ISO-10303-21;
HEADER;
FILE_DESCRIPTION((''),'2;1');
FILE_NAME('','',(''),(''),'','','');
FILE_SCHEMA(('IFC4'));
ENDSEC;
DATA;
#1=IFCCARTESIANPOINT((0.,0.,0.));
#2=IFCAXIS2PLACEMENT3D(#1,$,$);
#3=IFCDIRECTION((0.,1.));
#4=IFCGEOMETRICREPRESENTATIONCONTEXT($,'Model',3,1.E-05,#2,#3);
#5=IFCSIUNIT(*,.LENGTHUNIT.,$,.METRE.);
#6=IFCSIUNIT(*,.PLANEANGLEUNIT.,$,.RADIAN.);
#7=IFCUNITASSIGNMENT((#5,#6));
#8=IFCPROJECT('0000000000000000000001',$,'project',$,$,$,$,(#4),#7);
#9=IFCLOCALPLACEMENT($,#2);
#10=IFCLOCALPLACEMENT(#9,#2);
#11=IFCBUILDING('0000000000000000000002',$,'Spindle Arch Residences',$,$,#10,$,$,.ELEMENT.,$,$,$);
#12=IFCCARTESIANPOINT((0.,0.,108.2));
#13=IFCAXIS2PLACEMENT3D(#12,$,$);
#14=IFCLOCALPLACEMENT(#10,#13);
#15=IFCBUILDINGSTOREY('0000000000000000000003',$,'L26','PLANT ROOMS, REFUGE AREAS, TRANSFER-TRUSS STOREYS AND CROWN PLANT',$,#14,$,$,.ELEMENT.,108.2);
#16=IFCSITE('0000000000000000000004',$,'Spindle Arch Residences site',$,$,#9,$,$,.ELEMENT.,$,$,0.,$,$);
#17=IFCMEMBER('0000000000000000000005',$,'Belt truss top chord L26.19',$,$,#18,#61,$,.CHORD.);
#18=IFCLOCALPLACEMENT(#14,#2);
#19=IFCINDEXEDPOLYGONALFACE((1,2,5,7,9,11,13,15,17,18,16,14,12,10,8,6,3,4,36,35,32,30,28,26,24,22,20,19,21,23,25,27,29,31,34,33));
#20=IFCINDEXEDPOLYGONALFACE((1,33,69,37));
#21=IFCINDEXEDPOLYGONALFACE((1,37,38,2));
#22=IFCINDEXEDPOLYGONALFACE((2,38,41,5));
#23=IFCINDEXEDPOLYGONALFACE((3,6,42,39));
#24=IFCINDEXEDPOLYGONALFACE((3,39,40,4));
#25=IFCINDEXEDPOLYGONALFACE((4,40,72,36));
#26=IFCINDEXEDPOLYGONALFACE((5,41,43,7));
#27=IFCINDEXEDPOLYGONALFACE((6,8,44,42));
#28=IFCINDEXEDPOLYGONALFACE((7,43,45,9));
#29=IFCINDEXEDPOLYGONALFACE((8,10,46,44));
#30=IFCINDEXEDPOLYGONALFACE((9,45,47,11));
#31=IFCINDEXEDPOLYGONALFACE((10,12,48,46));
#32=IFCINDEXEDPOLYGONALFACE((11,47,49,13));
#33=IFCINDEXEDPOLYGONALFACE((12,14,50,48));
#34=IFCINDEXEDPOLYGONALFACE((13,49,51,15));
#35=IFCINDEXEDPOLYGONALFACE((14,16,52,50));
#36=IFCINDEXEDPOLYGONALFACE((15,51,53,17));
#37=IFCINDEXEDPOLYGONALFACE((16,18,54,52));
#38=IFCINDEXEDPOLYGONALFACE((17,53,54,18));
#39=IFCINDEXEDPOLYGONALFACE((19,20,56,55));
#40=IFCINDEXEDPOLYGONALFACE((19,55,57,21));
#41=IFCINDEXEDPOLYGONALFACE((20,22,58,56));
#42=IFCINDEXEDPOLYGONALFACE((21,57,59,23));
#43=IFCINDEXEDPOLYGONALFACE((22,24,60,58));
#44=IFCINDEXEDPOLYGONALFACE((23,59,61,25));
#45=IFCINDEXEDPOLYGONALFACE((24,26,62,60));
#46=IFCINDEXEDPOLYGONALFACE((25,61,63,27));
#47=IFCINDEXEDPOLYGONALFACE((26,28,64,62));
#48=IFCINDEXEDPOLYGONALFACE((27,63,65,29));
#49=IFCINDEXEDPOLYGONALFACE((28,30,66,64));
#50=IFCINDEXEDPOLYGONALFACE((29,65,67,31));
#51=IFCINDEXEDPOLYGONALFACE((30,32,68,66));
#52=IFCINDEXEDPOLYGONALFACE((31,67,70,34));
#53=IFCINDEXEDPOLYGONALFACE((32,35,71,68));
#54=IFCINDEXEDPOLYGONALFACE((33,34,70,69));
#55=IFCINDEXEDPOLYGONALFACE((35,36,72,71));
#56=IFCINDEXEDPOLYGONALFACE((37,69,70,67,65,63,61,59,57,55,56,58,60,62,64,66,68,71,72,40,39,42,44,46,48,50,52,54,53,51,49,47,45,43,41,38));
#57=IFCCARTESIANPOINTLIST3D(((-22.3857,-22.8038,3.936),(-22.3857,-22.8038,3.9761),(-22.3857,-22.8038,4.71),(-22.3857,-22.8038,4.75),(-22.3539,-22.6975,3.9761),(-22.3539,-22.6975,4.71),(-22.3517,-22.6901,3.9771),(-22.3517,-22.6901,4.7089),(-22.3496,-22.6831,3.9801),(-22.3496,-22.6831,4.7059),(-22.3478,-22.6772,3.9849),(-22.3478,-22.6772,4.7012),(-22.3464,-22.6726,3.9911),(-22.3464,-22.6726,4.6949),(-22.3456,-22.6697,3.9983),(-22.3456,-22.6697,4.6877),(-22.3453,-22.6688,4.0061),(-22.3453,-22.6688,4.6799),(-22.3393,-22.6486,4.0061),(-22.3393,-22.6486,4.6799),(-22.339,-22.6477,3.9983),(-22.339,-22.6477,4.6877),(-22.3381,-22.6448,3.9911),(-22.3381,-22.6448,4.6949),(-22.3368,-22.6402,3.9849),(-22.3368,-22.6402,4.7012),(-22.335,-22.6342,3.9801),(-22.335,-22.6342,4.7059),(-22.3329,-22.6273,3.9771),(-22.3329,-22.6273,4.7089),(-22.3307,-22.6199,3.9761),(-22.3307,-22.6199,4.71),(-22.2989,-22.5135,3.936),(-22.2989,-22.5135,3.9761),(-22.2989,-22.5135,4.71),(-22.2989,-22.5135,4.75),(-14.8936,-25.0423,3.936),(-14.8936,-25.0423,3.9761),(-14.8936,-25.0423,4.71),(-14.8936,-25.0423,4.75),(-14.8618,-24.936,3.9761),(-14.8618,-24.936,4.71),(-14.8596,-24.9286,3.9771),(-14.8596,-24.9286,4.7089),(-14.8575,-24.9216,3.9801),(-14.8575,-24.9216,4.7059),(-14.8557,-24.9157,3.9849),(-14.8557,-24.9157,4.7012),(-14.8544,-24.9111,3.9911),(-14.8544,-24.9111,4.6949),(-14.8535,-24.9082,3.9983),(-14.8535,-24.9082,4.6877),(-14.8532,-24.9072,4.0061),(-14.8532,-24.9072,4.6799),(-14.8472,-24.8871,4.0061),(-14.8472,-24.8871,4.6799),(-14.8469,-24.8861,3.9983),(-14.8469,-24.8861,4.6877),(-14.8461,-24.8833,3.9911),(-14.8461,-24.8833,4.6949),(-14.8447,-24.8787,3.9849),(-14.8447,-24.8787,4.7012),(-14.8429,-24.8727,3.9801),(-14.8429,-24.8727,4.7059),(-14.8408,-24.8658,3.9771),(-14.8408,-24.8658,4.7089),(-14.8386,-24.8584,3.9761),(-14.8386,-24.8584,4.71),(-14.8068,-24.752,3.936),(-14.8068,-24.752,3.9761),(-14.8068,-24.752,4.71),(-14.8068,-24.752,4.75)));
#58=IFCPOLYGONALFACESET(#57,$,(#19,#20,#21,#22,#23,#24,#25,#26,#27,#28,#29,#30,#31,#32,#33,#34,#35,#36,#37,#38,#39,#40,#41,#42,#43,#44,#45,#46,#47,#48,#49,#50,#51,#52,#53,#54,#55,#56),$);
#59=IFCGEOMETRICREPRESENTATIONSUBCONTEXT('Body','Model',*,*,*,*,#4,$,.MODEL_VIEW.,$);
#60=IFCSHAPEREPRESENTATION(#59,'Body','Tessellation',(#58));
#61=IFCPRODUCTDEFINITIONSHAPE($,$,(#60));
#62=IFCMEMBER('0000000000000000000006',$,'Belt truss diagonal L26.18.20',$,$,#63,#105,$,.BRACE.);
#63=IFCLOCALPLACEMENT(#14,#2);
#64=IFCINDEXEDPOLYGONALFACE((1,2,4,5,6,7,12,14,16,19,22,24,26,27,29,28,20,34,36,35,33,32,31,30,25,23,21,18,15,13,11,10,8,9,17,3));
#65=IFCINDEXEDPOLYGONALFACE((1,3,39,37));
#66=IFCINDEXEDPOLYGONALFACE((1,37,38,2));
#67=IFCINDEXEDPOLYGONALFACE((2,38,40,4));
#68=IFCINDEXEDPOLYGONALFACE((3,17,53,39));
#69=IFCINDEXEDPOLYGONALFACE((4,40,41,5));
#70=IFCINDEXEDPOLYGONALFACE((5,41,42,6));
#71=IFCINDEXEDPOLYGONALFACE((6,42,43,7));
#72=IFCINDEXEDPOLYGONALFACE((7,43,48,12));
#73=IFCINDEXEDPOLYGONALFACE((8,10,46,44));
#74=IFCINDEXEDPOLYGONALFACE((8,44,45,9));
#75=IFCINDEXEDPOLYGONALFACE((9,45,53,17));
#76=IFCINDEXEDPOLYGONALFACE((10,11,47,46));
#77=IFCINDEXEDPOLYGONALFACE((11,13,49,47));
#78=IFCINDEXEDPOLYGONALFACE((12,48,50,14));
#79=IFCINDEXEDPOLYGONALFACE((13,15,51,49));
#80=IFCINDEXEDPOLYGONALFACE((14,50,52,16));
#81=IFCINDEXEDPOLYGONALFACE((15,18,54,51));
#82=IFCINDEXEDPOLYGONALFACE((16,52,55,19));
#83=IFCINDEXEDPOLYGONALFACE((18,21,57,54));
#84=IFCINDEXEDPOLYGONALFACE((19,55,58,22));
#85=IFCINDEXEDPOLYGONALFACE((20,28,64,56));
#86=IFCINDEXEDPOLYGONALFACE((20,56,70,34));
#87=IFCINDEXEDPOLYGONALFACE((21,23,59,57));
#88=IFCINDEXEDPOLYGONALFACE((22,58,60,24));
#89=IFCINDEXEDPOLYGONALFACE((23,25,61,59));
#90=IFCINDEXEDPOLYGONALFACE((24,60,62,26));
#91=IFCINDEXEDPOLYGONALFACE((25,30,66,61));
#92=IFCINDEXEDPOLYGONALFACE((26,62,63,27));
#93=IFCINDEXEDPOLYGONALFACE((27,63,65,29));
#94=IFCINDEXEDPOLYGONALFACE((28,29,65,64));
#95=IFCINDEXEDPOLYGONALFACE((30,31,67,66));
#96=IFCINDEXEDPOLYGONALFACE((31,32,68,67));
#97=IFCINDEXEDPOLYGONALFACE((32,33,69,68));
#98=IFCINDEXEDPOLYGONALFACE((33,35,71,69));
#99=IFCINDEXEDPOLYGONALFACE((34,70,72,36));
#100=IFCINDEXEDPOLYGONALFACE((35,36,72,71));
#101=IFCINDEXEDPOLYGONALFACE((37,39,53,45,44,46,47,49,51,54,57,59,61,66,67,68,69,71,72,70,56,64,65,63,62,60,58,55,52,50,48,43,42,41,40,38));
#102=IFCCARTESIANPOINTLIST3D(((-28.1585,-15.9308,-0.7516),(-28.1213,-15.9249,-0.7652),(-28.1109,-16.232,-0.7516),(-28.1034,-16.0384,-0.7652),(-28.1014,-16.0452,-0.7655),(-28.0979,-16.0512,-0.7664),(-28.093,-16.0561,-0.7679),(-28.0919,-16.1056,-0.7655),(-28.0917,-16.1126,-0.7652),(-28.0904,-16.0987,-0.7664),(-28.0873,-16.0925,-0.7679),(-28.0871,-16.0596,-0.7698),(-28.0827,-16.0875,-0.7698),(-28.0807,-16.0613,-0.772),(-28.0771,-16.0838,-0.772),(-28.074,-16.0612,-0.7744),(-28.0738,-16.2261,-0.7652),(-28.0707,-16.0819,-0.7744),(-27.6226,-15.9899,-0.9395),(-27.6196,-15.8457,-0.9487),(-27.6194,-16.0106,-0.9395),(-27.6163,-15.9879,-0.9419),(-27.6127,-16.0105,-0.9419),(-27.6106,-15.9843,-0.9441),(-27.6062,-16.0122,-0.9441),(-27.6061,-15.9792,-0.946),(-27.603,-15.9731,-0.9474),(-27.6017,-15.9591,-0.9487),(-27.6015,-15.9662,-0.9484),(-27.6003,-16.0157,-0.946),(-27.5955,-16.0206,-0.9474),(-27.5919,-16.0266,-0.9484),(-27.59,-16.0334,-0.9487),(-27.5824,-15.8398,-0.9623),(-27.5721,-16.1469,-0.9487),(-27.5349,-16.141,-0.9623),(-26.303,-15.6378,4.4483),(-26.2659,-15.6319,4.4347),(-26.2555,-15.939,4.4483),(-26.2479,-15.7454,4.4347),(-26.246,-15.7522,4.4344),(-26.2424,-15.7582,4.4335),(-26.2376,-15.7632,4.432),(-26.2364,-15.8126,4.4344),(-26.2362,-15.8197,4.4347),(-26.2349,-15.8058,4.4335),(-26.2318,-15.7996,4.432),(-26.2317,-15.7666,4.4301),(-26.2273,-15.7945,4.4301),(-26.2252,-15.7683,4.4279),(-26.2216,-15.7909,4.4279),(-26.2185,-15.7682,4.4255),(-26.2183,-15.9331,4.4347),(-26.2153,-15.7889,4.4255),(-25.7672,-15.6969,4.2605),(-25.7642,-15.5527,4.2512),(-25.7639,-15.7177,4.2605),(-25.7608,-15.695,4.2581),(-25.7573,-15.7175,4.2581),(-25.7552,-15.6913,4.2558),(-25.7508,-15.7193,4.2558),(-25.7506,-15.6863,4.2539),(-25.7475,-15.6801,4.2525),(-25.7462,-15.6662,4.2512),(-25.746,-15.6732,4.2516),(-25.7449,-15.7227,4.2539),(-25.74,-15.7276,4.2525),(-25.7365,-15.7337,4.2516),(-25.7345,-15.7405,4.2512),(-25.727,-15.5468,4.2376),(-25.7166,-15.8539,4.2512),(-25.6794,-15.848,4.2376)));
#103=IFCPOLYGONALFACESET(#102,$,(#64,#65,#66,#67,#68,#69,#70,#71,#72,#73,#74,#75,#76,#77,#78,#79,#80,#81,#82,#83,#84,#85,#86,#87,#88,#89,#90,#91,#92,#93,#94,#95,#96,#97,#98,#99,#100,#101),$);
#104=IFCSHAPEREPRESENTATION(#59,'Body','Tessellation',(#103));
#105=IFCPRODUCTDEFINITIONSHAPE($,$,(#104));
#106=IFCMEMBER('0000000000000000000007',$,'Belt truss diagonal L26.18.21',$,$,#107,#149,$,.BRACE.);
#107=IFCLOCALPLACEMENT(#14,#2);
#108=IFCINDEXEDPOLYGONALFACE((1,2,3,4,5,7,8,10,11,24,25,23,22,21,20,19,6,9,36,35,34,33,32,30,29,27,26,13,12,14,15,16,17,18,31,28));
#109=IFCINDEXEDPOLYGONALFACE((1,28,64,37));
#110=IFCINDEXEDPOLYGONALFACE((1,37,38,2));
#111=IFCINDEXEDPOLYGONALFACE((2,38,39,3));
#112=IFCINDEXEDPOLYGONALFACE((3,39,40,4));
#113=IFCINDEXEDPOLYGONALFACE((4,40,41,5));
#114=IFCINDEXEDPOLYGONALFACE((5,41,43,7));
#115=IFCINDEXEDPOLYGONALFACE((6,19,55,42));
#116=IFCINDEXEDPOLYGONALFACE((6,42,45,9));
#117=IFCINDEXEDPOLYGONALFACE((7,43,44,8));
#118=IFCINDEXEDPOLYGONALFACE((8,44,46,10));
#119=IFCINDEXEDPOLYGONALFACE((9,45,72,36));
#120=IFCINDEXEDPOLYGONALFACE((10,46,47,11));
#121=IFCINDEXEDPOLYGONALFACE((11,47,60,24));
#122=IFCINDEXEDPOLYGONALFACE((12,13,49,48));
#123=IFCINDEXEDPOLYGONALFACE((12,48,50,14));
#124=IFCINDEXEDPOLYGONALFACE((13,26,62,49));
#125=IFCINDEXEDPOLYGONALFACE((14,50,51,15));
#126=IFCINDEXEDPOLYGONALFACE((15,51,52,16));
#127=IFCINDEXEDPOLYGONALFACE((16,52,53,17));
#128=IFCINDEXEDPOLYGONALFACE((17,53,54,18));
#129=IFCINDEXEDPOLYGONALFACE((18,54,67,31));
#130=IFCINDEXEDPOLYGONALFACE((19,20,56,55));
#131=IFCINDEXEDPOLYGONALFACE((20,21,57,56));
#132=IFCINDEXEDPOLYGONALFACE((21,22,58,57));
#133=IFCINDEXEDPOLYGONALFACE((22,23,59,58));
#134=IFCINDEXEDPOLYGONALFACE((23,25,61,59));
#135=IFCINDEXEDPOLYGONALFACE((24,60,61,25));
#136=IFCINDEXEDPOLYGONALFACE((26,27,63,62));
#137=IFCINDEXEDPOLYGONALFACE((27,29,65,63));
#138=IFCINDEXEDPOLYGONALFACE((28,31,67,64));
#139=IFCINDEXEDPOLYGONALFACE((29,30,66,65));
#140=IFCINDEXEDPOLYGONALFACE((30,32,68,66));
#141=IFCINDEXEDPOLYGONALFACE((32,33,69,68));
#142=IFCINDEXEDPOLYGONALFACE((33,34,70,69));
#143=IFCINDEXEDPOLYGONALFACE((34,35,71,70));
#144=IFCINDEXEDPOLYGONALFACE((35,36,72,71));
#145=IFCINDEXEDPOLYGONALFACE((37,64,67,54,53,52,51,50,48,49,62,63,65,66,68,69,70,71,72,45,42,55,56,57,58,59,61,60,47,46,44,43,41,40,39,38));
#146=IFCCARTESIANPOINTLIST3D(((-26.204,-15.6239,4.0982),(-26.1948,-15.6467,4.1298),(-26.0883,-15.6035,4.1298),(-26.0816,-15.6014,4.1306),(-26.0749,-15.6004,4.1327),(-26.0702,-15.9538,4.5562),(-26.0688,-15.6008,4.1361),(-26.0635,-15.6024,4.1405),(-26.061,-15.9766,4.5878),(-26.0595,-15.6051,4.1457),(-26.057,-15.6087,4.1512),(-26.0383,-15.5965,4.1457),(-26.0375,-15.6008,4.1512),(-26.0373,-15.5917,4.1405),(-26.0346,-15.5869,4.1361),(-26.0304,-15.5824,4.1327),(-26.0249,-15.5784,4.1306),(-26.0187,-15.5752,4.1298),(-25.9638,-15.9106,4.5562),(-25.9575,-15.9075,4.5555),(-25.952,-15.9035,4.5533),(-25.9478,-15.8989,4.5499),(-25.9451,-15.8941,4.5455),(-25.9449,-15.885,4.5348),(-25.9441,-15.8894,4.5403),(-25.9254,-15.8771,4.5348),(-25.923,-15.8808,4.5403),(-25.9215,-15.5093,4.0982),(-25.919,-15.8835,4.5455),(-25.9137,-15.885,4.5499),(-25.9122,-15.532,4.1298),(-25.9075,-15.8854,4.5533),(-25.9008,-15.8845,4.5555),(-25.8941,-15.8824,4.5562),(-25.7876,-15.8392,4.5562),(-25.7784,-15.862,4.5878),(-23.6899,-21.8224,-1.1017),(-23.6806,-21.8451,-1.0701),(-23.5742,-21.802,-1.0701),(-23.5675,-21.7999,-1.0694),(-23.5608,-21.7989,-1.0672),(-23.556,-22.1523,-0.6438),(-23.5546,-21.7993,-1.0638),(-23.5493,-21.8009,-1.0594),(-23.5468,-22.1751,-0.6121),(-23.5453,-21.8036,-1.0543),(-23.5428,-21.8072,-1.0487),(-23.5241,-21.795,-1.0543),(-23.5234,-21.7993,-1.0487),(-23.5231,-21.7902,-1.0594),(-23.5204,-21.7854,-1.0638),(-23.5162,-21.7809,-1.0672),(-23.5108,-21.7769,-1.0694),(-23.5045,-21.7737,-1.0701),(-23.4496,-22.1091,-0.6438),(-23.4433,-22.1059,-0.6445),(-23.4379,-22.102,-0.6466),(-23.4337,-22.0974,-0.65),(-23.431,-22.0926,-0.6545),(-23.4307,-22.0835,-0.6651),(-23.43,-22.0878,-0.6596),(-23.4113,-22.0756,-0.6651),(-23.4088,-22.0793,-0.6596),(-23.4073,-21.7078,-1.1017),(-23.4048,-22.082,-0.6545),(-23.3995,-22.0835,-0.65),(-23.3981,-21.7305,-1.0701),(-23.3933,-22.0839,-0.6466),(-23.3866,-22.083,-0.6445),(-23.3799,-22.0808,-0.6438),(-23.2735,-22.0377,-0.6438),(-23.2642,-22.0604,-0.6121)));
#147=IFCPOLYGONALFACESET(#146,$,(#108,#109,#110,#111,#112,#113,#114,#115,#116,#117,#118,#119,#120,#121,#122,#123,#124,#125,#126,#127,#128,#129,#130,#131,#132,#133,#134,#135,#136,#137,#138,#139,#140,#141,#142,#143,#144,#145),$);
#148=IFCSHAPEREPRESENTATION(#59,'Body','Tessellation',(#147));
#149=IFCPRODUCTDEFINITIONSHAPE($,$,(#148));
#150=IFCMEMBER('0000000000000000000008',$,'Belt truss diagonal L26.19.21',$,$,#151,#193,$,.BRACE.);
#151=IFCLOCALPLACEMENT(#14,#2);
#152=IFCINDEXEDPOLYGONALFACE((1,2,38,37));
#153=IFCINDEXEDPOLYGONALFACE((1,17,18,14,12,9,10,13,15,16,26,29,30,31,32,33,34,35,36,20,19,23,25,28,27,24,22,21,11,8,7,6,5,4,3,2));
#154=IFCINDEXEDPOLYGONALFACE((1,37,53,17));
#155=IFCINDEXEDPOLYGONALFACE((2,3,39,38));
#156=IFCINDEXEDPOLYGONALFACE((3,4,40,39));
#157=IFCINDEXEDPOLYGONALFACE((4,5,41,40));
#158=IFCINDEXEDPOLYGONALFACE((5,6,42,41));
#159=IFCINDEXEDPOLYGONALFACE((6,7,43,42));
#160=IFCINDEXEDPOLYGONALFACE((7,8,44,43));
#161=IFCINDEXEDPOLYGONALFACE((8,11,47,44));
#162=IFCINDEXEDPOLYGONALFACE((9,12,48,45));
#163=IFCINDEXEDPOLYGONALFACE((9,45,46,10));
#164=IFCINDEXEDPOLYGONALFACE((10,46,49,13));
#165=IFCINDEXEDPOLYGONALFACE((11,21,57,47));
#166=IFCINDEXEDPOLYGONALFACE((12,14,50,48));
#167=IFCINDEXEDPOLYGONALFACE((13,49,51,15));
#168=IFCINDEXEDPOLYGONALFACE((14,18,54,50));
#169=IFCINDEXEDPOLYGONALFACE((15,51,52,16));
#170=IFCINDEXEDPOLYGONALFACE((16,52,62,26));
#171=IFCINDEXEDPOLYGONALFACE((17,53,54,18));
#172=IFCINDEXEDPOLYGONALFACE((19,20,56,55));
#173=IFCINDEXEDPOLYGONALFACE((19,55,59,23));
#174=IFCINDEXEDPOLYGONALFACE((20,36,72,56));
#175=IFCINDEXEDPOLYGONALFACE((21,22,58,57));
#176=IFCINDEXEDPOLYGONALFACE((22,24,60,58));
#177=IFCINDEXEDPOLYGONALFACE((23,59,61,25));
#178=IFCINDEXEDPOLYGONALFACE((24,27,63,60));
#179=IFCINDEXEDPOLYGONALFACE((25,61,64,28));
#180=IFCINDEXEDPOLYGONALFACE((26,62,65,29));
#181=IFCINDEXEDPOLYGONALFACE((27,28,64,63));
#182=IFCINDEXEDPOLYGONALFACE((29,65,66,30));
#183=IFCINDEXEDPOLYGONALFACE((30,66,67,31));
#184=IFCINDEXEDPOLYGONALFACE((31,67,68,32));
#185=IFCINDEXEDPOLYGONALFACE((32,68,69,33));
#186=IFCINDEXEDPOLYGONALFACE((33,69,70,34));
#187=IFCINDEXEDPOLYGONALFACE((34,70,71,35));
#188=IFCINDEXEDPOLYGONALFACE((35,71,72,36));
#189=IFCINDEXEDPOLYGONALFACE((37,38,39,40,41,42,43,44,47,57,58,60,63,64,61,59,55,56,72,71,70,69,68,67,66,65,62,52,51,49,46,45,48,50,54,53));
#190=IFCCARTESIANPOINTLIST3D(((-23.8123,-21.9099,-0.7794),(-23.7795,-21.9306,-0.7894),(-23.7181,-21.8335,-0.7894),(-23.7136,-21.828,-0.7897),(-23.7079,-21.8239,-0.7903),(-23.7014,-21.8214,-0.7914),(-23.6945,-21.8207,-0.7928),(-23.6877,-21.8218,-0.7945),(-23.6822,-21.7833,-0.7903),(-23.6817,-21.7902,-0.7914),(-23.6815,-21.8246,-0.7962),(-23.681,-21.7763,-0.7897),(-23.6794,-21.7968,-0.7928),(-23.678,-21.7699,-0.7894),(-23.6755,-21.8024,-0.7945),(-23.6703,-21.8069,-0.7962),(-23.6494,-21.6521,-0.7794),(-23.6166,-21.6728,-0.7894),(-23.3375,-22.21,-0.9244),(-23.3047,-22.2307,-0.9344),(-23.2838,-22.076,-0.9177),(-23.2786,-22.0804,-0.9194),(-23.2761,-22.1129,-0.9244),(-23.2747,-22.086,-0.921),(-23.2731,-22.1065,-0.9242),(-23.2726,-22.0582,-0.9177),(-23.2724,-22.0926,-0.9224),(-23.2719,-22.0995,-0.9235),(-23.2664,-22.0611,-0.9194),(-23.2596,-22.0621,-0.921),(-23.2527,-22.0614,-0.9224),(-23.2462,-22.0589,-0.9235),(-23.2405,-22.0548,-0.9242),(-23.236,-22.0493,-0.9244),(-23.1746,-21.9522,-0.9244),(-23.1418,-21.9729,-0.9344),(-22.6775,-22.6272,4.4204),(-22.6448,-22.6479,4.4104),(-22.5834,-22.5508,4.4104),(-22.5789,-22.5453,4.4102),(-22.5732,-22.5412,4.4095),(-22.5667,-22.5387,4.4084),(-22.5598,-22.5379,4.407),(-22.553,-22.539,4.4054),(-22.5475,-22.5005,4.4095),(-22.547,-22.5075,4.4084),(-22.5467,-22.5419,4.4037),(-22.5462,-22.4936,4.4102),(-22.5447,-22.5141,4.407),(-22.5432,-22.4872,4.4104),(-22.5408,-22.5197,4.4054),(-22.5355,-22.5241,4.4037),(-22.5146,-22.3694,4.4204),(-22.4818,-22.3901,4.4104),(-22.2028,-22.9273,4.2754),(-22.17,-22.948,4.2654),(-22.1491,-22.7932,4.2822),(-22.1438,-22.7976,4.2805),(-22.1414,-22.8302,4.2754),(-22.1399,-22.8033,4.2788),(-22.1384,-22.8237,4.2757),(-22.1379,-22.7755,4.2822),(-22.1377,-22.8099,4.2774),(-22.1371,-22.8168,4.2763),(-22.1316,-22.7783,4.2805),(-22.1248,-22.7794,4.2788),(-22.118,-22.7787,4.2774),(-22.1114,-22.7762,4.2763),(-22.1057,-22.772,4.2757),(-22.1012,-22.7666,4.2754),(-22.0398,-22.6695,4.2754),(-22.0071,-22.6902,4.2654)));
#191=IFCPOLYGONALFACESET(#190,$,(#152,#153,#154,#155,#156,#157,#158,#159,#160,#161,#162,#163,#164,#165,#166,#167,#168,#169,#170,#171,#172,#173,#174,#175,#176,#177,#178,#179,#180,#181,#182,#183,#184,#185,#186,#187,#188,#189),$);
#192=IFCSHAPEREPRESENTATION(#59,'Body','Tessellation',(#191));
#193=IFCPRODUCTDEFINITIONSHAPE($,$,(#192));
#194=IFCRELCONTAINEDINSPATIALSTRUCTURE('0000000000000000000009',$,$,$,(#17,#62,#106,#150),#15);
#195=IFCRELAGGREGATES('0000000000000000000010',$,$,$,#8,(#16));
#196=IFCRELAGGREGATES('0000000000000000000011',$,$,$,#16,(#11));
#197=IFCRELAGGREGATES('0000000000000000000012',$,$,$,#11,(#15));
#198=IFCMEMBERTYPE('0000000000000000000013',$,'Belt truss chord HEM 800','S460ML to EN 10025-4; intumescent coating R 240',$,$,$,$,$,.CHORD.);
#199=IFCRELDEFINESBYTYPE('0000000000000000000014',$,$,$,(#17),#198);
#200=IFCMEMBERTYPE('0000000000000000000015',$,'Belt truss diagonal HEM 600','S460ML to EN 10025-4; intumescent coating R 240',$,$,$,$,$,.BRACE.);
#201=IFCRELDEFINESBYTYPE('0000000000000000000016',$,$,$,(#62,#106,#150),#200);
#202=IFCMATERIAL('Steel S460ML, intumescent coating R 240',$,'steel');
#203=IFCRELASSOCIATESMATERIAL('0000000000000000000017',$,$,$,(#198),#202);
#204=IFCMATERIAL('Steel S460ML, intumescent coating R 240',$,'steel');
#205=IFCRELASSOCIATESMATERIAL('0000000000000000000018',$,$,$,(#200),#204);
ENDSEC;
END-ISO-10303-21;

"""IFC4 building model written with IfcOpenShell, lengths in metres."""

from ifc_helpers import new_model, si_unit, direction, frame, origin, origin_2d, place, context, subcontext, project, spatial, i_section, extrude, material, material_profile, profile_set, type_object, element, save


model = new_model("IFC4")

# Units and contexts
model_context = context("Model", 3, precision=1e-05, world=origin(), true_north=direction((0.0, 1.0)))
body_context = subcontext(model_context, "Body", "Model", "MODEL_VIEW")
ifc_project = project(units=[si_unit("LENGTHUNIT", "METRE"), si_unit("PLANEANGLEUNIT", "RADIAN")], contexts=[model_context])

# Site, building, storey
site_placement = place(None, origin())
site = spatial("IfcSite", under=ifc_project, at=site_placement, Name="Spindle Arch Residences site", CompositionType="ELEMENT", RefElevation=0.0)
building_placement = place(site_placement, origin())
building = spatial("IfcBuilding", under=site, at=building_placement, Name="Spindle Arch Residences", CompositionType="ELEMENT")
storey_placement = place(building_placement, frame((0.0, 0.0, 108.2)))
storey = spatial("IfcBuildingStorey", under=building, at=storey_placement, Name="L26", Description="PLANT ROOMS, REFUGE AREAS, TRANSFER-TRUSS STOREYS AND CROWN PLANT", CompositionType="ELEMENT", Elevation=108.2)

# Members
ifc_material_1 = material(Name="Steel S460ML, intumescent coating R 240", Category="steel")
ifc_material_profile_1 = material_profile(ifc_material_1, i_section(OverallWidth=0.303, OverallDepth=0.814, WebThickness=0.021, FlangeThickness=0.04, FilletRadius=0.03, at=origin_2d()), Name="HEM 800")
ifc_profile_set_1 = profile_set([ifc_material_profile_1], Name="Steel S460ML, intumescent coating R 240")
member_type_1 = type_object("IfcMemberType", Name="Belt truss chord HEM 800", Description="S460ML to EN 10025-4; intumescent coating R 240", PredefinedType="CHORD", material=ifc_profile_set_1)
for number, where, z_axis, x_axis, name in (
    (1, (-22.3423, -22.6587, 4.343), (0.958147, -0.286276, 0.0), (0.286276, 0.958147, 0.0), "Belt truss top chord L26.19"),
):
    element("IfcMember", number, at=place(storey_placement, frame(where, z_axis=z_axis, x_axis=x_axis)), inside=storey, type_object=member_type_1, Name=name, PredefinedType="CHORD", context=body_context, shape_type="SweptSolid", body=[
        extrude(i_section(OverallWidth=0.303, OverallDepth=0.814, WebThickness=0.021, FlangeThickness=0.04, FilletRadius=0.03, at=origin_2d()), origin(), (0.0, 0.0, 1.0), 7.8193),
    ])
ifc_material_2 = material(Name="Steel S460ML, intumescent coating R 240", Category="steel")
ifc_material_profile_2 = material_profile(ifc_material_2, i_section(OverallWidth=0.3049, OverallDepth=0.6201, WebThickness=0.021, FlangeThickness=0.04, FilletRadius=0.0271, at=origin_2d()), Name="HEM 600")
ifc_profile_set_2 = profile_set([ifc_material_profile_2], Name="Steel S460ML, intumescent coating R 240")
member_type_2 = type_object("IfcMemberType", Name="Belt truss diagonal HEM 600", Description="S460ML to EN 10025-4; intumescent coating R 240", PredefinedType="BRACE", material=ifc_profile_set_2)
member_1_placement = place(storey_placement, frame((-27.8467, -16.0359, -0.8569), z_axis=(0.335598, 0.052989, 0.940514), x_axis=(-0.155963, 0.987763, 0.0)))
element("IfcMember", 2, at=member_1_placement, inside=storey, type_object=member_type_2, Name="Belt truss diagonal L26.18.20", PredefinedType="BRACE", context=body_context, shape_type="SweptSolid", body=[
    extrude(i_section(OverallWidth=0.3049, OverallDepth=0.6201, WebThickness=0.021, FlangeThickness=0.04, FilletRadius=0.0271, at=origin_2d()), origin(), (0.0, 0.0, 1.0), 5.5288),
])
member_2_placement = place(storey_placement, frame((-23.4771, -21.9414, -0.8569), z_axis=(-0.296747, 0.731608, 0.613751), x_axis=(-0.926674, -0.375867, 0.0)))
element("IfcMember", 3, at=member_2_placement, inside=storey, type_object=member_type_2, Name="Belt truss diagonal L26.18.21", PredefinedType="BRACE", context=body_context, shape_type="SweptSolid", body=[
    extrude(i_section(OverallWidth=0.3049, OverallDepth=0.6201, WebThickness=0.021, FlangeThickness=0.04, FilletRadius=0.0271, at=origin_2d()), origin(), (0.0, 0.0, 1.0), 8.4724),
])
member_3_placement = place(storey_placement, frame((-23.4771, -21.9414, -0.8569), z_axis=(0.211298, -0.133562, 0.968253), x_axis=(0.534308, 0.84529, 0.0)))
element("IfcMember", 4, at=member_3_placement, inside=storey, type_object=member_type_2, Name="Belt truss diagonal L26.19.21", PredefinedType="BRACE", context=body_context, shape_type="SweptSolid", body=[
    extrude(i_section(OverallWidth=0.3049, OverallDepth=0.6201, WebThickness=0.021, FlangeThickness=0.04, FilletRadius=0.0271, at=origin_2d()), origin(), (0.0, 0.0, 1.0), 5.3704),
])

save(model, "model.ifc")
